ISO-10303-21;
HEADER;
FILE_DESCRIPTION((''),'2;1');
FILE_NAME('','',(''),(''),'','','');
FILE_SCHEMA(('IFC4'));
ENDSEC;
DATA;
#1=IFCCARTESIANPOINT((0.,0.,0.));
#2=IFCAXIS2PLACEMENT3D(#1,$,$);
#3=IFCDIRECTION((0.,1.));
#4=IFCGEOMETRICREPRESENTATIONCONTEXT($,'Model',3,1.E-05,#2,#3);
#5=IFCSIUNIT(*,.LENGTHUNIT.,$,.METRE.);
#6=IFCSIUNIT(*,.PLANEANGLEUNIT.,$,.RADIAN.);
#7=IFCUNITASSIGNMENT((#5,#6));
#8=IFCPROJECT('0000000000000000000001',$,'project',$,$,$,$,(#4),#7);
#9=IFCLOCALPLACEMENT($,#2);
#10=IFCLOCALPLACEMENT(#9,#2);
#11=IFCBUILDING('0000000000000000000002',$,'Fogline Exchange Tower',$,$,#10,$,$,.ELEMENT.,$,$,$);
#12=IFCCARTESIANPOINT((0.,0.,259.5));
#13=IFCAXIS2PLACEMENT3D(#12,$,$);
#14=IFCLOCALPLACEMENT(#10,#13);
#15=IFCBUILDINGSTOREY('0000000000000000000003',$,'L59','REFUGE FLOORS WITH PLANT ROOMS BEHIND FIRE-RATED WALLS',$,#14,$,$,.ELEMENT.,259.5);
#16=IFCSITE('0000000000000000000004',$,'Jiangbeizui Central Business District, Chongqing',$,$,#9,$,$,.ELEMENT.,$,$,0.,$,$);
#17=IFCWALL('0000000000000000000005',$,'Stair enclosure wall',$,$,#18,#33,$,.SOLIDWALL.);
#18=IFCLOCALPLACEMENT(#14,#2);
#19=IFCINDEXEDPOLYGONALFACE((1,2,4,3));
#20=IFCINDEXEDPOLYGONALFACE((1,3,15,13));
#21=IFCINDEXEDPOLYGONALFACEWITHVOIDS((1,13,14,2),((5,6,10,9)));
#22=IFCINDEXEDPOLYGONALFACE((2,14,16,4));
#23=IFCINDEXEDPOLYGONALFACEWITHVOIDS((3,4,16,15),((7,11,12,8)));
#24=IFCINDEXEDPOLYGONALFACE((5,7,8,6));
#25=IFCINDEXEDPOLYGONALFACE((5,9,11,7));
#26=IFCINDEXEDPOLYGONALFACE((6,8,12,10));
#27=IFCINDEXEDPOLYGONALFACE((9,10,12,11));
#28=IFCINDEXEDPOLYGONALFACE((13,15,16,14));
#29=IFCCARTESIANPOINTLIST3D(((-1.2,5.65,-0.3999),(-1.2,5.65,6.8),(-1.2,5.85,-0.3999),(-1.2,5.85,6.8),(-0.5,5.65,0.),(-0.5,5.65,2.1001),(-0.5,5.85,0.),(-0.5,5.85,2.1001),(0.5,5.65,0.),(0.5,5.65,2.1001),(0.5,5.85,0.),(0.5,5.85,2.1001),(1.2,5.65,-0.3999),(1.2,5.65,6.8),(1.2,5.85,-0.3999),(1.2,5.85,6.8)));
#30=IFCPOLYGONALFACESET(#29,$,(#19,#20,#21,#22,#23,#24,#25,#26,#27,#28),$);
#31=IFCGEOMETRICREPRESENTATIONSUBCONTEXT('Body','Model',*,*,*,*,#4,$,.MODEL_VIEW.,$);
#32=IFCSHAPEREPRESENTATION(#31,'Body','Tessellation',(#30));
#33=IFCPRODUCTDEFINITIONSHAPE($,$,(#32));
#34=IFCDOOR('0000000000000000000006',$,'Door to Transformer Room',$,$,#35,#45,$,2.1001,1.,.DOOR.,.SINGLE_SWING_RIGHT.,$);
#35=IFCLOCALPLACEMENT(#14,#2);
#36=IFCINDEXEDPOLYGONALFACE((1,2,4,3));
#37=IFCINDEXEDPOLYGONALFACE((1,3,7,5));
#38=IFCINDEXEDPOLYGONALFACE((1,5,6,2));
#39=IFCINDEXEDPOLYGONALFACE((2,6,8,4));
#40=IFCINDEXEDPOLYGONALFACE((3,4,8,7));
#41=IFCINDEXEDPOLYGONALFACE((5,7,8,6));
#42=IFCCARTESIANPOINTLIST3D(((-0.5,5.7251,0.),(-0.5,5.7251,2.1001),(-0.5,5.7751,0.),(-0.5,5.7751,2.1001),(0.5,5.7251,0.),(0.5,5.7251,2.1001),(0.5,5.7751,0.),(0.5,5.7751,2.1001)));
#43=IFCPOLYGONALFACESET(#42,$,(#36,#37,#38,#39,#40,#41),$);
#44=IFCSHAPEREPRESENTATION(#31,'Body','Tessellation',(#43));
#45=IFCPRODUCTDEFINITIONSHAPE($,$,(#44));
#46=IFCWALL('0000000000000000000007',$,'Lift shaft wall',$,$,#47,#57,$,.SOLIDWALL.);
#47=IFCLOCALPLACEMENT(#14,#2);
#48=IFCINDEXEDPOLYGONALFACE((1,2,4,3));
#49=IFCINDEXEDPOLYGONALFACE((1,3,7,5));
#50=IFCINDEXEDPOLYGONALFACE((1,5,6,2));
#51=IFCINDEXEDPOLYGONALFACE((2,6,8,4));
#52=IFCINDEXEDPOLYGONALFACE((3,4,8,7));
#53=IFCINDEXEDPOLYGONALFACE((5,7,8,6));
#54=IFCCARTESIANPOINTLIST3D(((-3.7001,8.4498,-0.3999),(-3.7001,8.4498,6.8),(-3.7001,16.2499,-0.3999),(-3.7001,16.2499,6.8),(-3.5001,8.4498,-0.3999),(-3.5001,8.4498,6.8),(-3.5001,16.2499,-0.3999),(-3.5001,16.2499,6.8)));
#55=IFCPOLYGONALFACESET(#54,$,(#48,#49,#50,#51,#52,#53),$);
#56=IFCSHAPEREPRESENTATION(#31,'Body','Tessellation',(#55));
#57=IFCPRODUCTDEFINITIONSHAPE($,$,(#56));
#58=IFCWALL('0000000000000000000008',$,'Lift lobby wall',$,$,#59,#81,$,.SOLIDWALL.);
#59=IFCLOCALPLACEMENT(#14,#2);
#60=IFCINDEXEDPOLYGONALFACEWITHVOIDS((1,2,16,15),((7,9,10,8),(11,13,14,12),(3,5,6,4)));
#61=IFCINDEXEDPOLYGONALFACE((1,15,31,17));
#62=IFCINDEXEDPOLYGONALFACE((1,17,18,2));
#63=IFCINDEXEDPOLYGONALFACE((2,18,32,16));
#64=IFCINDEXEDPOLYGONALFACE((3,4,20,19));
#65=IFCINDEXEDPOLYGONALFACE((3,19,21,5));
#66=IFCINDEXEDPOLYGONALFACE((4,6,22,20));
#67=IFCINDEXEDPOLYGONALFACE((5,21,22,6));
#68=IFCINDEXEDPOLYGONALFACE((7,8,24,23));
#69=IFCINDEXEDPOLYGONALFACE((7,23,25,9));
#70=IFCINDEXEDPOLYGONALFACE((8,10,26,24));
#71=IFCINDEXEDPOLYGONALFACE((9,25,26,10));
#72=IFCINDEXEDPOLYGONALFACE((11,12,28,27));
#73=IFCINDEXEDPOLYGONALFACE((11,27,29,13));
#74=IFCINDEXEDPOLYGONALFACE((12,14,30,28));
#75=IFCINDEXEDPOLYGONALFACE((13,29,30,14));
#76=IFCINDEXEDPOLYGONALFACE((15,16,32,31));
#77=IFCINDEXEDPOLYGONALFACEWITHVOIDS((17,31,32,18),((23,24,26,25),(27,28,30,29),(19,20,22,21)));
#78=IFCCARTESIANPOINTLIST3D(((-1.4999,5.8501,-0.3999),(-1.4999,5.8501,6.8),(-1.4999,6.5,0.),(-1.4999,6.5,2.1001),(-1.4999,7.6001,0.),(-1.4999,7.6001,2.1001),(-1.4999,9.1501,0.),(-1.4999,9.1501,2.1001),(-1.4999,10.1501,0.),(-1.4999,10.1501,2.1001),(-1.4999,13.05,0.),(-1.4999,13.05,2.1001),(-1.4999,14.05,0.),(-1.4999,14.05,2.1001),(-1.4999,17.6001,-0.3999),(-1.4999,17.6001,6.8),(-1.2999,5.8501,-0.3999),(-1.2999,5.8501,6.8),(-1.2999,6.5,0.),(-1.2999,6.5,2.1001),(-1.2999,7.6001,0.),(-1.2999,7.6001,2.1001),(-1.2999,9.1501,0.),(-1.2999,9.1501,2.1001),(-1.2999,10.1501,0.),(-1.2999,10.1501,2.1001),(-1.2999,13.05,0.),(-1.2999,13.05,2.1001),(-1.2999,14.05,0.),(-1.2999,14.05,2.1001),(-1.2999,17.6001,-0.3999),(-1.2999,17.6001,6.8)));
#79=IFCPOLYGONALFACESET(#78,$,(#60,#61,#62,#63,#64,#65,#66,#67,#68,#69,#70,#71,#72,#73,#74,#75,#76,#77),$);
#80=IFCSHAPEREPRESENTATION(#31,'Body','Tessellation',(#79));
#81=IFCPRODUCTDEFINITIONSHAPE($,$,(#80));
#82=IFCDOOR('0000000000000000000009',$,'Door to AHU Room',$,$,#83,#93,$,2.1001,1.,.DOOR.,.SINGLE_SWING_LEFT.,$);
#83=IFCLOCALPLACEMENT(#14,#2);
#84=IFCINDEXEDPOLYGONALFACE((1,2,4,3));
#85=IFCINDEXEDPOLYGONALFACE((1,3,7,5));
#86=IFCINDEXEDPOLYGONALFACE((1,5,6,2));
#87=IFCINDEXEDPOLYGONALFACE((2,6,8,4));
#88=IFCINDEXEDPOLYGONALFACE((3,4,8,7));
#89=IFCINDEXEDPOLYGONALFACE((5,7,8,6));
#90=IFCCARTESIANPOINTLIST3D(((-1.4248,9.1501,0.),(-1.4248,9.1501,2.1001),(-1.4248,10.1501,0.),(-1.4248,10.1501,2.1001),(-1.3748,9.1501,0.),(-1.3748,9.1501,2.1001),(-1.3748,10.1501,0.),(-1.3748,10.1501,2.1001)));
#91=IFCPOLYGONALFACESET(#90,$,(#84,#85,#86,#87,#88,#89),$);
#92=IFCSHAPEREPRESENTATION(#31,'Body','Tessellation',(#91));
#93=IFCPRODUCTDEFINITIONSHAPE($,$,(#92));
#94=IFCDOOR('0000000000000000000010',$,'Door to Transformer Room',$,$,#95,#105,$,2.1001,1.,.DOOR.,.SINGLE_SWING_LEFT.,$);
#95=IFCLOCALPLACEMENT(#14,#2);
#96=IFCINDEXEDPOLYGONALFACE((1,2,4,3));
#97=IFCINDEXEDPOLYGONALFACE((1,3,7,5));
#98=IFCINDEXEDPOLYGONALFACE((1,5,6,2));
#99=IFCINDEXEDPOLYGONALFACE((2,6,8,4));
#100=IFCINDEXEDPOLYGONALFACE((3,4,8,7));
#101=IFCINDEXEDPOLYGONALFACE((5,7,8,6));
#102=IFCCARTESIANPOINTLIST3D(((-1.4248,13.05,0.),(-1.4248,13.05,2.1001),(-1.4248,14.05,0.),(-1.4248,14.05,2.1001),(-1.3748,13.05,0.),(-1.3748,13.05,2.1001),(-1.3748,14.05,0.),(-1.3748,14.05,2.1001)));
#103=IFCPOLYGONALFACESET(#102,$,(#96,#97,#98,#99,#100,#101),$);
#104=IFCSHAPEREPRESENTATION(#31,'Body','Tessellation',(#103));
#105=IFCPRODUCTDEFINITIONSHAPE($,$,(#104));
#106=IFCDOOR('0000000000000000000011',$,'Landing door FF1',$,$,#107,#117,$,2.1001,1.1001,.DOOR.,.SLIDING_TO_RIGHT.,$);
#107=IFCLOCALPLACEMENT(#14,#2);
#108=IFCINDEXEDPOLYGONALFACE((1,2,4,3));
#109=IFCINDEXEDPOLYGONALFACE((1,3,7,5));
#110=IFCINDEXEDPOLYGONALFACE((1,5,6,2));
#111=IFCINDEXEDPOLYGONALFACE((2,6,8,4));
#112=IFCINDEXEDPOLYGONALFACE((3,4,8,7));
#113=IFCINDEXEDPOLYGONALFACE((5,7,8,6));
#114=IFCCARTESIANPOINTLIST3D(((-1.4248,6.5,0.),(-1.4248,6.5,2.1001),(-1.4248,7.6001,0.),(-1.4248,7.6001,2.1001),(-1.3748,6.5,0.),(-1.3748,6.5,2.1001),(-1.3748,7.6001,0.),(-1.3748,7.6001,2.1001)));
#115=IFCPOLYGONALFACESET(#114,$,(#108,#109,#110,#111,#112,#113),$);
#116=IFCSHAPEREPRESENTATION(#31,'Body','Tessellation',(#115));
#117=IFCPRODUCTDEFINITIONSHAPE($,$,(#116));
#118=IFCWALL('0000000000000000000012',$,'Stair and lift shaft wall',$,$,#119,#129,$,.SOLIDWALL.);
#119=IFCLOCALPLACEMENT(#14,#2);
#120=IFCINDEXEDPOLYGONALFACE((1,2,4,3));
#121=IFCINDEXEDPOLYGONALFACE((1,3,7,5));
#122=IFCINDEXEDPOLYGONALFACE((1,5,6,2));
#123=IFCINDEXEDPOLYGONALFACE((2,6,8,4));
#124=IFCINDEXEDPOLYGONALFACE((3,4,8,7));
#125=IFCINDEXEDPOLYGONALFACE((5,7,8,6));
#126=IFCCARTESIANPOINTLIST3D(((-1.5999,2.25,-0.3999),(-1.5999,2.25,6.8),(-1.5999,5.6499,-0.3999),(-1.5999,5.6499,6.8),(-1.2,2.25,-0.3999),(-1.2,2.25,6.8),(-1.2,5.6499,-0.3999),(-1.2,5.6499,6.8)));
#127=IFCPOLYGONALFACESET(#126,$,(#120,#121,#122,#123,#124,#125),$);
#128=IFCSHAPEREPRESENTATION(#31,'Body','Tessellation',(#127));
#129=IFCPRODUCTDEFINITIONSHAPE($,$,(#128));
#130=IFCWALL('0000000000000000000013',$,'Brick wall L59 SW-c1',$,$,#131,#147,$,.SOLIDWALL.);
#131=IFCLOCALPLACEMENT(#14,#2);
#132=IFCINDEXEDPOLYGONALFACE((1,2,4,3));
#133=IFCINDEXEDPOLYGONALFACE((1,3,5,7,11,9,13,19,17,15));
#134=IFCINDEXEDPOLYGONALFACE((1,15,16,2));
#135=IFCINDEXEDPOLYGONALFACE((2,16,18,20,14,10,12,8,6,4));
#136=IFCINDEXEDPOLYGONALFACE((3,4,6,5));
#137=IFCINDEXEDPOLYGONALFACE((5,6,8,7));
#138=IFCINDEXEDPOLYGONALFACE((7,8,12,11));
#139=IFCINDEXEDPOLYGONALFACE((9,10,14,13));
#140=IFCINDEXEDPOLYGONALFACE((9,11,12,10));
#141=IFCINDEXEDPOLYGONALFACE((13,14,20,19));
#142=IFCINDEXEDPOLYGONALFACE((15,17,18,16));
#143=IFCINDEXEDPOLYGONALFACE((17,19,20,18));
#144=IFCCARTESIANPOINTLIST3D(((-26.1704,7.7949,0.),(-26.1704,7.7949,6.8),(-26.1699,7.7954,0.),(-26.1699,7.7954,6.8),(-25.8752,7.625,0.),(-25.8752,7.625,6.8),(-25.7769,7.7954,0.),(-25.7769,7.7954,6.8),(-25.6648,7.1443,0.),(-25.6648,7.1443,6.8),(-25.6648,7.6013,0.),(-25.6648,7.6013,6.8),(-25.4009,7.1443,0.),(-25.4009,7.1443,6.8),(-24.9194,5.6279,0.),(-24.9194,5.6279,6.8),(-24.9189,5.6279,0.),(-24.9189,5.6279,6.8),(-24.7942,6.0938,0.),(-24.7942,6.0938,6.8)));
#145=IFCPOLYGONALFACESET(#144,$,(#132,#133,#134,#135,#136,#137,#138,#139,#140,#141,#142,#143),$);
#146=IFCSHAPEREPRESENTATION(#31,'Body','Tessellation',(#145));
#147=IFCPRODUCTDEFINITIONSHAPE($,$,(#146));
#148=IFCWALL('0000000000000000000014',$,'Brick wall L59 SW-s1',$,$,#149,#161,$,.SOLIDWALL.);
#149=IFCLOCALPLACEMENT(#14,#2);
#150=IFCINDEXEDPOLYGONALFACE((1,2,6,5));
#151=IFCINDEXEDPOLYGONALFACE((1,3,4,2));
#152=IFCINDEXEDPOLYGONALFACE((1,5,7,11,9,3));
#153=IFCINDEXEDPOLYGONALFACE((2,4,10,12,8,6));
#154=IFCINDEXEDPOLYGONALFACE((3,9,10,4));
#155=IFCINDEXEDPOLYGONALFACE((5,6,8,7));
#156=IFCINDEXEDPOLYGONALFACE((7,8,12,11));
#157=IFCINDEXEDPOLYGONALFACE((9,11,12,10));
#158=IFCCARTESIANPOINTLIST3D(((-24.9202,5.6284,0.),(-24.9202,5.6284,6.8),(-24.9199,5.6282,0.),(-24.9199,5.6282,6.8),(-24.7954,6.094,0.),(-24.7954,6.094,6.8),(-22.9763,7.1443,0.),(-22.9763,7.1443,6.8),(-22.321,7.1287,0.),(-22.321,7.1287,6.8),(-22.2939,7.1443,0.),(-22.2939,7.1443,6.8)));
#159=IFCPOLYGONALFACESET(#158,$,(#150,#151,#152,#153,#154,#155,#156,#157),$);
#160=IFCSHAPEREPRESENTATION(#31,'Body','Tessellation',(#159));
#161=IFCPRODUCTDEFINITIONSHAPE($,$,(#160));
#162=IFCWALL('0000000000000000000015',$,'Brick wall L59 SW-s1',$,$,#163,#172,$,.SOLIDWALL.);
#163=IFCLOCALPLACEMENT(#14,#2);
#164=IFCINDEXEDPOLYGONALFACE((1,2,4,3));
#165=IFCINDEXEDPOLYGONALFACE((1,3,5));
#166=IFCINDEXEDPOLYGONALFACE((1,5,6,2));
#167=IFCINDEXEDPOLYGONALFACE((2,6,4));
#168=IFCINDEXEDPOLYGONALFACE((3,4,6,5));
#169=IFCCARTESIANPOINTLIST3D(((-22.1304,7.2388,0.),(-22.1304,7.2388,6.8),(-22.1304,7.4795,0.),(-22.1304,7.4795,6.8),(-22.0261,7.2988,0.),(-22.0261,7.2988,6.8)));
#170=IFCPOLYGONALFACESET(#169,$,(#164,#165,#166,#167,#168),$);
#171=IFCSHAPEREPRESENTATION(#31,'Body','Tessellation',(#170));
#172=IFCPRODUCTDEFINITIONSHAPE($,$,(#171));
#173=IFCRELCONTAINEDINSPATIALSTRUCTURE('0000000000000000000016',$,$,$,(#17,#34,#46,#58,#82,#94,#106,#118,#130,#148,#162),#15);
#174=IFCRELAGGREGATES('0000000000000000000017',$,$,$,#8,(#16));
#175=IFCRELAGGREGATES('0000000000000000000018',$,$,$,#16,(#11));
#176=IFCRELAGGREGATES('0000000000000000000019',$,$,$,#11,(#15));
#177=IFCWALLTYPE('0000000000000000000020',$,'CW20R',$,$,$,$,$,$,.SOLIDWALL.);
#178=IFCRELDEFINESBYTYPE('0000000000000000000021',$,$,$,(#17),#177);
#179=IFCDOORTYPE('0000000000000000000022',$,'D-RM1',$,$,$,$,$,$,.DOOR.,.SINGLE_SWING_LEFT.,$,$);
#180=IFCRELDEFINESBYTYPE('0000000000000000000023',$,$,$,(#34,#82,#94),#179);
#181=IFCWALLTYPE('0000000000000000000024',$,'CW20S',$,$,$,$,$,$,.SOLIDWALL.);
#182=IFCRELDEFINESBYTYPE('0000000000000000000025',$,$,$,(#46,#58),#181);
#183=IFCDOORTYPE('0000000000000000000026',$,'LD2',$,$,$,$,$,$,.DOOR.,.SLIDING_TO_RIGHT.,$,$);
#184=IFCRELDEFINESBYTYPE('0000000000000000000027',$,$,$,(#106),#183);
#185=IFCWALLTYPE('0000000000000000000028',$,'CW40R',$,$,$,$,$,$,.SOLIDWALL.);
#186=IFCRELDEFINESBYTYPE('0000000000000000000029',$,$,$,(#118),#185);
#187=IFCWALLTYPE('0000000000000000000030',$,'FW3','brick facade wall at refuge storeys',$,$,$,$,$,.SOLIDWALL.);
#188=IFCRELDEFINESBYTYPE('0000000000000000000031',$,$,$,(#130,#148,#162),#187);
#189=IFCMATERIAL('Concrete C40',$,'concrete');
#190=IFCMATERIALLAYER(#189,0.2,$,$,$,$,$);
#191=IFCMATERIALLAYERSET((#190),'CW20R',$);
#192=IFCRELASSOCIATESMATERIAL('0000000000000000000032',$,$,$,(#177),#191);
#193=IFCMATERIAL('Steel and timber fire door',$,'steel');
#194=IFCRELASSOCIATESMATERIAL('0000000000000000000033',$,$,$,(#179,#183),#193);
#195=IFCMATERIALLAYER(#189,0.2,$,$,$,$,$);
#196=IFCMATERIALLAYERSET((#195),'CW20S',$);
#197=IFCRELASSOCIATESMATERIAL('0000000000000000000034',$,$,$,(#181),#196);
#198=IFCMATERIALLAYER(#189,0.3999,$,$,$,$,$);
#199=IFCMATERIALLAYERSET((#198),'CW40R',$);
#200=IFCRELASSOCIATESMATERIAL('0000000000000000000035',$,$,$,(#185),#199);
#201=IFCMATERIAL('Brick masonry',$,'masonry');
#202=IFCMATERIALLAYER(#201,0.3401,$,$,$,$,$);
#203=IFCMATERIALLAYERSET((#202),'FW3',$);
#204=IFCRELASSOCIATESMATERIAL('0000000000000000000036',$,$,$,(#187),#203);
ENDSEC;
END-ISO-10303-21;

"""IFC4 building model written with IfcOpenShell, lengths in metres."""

from ifc_helpers import new_model, si_unit, direction, frame, frame_2d, origin, place, context, subcontext, project, spatial, polyline, rectangle, outline, extrude, material, layer, layer_set, type_object, element, fill, save


model = new_model("IFC4")

# Units and contexts
model_context = context("Model", 3, precision=1e-05, world=origin(), true_north=direction((0.0, 1.0)))
body_context = subcontext(model_context, "Body", "Model", "MODEL_VIEW")
ifc_project = project(units=[si_unit("LENGTHUNIT", "METRE"), si_unit("PLANEANGLEUNIT", "RADIAN")], contexts=[model_context])

# Site, building, storey
site_placement = place(None, origin())
site = spatial("IfcSite", under=ifc_project, at=site_placement, Name="Jiangbeizui Central Business District, Chongqing", CompositionType="ELEMENT", RefElevation=0.0)
building_placement = place(site_placement, origin())
building = spatial("IfcBuilding", under=site, at=building_placement, Name="Fogline Exchange Tower", CompositionType="ELEMENT")
storey_placement = place(building_placement, frame((0.0, 0.0, 259.5)))
storey = spatial("IfcBuildingStorey", under=building, at=storey_placement, Name="L59", Description="REFUGE FLOORS WITH PLANT ROOMS BEHIND FIRE-RATED WALLS", CompositionType="ELEMENT", Elevation=259.5)

# Shared definitions
ifc_material_1 = material(Name="Concrete C40", Category="concrete")

# Shared definitions
ifc_material_2 = material(Name="Steel and timber fire door", Category="steel")

# Wall, opening, door
ifc_layer_1 = layer(ifc_material_1, 0.2)
ifc_layer_set_1 = layer_set([ifc_layer_1], Name="CW20R")
wall_type_1 = type_object("IfcWallType", Name="CW20R", PredefinedType="SOLIDWALL", material=ifc_layer_set_1)
wall_1_placement = place(storey_placement, frame((-1.2, 5.75, -0.3999), z_axis=(0.0, 0.0, 1.0), x_axis=(1.0, 0.0, 0.0)))
wall_1 = element("IfcWall", 1, at=wall_1_placement, inside=storey, type_object=wall_type_1, Name="Stair enclosure wall", PredefinedType="SOLIDWALL", context=body_context, shape_type="SweptSolid", body=[
    extrude(rectangle(XDim=2.3999, YDim=0.2, at=frame_2d((1.2, 0.0))), origin(), (0.0, 0.0, 1.0), 7.2),
])
opening_1_placement = place(wall_1_placement, frame((0.7, 0.0, 0.3999)))
opening_1 = element("IfcOpeningElement", 2, at=opening_1_placement, cuts=wall_1, PredefinedType="OPENING", context=body_context, shape_type="SweptSolid", body=[
    extrude(rectangle(XDim=1.0, YDim=2.1001, at=frame_2d((0.5, 1.05))), frame((0.0, 0.1099, 0.0), z_axis=(0.0, -1.0, 0.0), x_axis=(1.0, 0.0, 0.0)), (0.0, 0.0, 1.0), 0.22),
])
door_type_1 = type_object("IfcDoorType", Name="D-RM1", OperationType="SINGLE_SWING_LEFT", PredefinedType="DOOR", material=ifc_material_2)
door_1_placement = place(opening_1_placement, frame((1.0, 0.0, 0.0), z_axis=(0.0, 0.0, 1.0), x_axis=(-1.0, 0.0, 0.0)))
door_1 = element("IfcDoor", 3, at=door_1_placement, inside=storey, type_object=door_type_1, Name="Door to Transformer Room", OperationType="SINGLE_SWING_RIGHT", OverallHeight=2.1001, OverallWidth=1.0, PredefinedType="DOOR", context=body_context, shape_type="SweptSolid", body=[
    extrude(rectangle(XDim=1.0, YDim=2.1001, at=frame_2d((0.5, 1.05))), frame((0.0, 0.0249, 0.0), z_axis=(0.0, -1.0, 0.0), x_axis=(1.0, 0.0, 0.0)), (0.0, 0.0, 1.0), 0.05),
])
fill(opening_1, door_1)

# Wall
ifc_layer_2 = layer(ifc_material_1, 0.2)
ifc_layer_set_2 = layer_set([ifc_layer_2], Name="CW20S")
wall_type_2 = type_object("IfcWallType", Name="CW20S", PredefinedType="SOLIDWALL", material=ifc_layer_set_2)
wall_2_placement = place(storey_placement, frame((-3.6001, 8.45, -0.3999), z_axis=(0.0, 0.0, 1.0), x_axis=(0.0, 1.0, 0.0)))
element("IfcWall", 4, at=wall_2_placement, inside=storey, type_object=wall_type_2, Name="Lift shaft wall", PredefinedType="SOLIDWALL", context=body_context, shape_type="SweptSolid", body=[
    extrude(rectangle(XDim=7.8, YDim=0.2, at=frame_2d((3.8999, 0.0))), origin(), (0.0, 0.0, 1.0), 7.2),
])

# Wall, openings, doors
wall_3_placement = place(storey_placement, frame((-1.3999, 5.8501, -0.3999), z_axis=(0.0, 0.0, 1.0), x_axis=(0.0, 1.0, 0.0)))
wall_3 = element("IfcWall", 5, at=wall_3_placement, inside=storey, type_object=wall_type_2, Name="Lift lobby wall", PredefinedType="SOLIDWALL", context=body_context, shape_type="SweptSolid", body=[
    extrude(rectangle(XDim=11.75, YDim=0.2, at=frame_2d((5.875, 0.0))), origin(), (0.0, 0.0, 1.0), 7.2),
])
opening_2_placement = place(wall_3_placement, frame((0.6499, 0.0, 0.3999)))
opening_2 = element("IfcOpeningElement", 6, at=opening_2_placement, cuts=wall_3, PredefinedType="OPENING", context=body_context, shape_type="SweptSolid", body=[
    extrude(rectangle(XDim=1.1001, YDim=2.1001, at=frame_2d((0.55, 1.05))), frame((0.0, 0.1099, 0.0), z_axis=(0.0, -1.0, 0.0), x_axis=(1.0, 0.0, 0.0)), (0.0, 0.0, 1.0), 0.22),
])
opening_3_placement = place(wall_3_placement, frame((3.3, 0.0, 0.3999)))
opening_3 = element("IfcOpeningElement", 7, at=opening_3_placement, cuts=wall_3, PredefinedType="OPENING", context=body_context, shape_type="SweptSolid", body=[
    extrude(rectangle(XDim=1.0, YDim=2.1001, at=frame_2d((0.5, 1.05))), frame((0.0, 0.1099, 0.0), z_axis=(0.0, -1.0, 0.0), x_axis=(1.0, 0.0, 0.0)), (0.0, 0.0, 1.0), 0.22),
])
opening_4_placement = place(wall_3_placement, frame((7.2, 0.0, 0.3999)))
opening_4 = element("IfcOpeningElement", 8, at=opening_4_placement, cuts=wall_3, PredefinedType="OPENING", context=body_context, shape_type="SweptSolid", body=[
    extrude(rectangle(XDim=1.0, YDim=2.1001, at=frame_2d((0.5, 1.05))), frame((0.0, 0.1099, 0.0), z_axis=(0.0, -1.0, 0.0), x_axis=(1.0, 0.0, 0.0)), (0.0, 0.0, 1.0), 0.22),
])
door_2_placement = place(opening_3_placement, origin())
door_2 = element("IfcDoor", 9, at=door_2_placement, inside=storey, type_object=door_type_1, Name="Door to AHU Room", OperationType="SINGLE_SWING_LEFT", OverallHeight=2.1001, OverallWidth=1.0, PredefinedType="DOOR", context=body_context, shape_type="SweptSolid", body=[
    extrude(rectangle(XDim=1.0, YDim=2.1001, at=frame_2d((0.5, 1.05))), frame((0.0, 0.0249, 0.0), z_axis=(0.0, -1.0, 0.0), x_axis=(1.0, 0.0, 0.0)), (0.0, 0.0, 1.0), 0.05),
])
fill(opening_3, door_2)
door_3_placement = place(opening_4_placement, origin())
door_3 = element("IfcDoor", 10, at=door_3_placement, inside=storey, type_object=door_type_1, Name="Door to Transformer Room", OperationType="SINGLE_SWING_LEFT", OverallHeight=2.1001, OverallWidth=1.0, PredefinedType="DOOR", context=body_context, shape_type="SweptSolid", body=[
    extrude(rectangle(XDim=1.0, YDim=2.1001, at=frame_2d((0.5, 1.05))), frame((0.0, 0.0249, 0.0), z_axis=(0.0, -1.0, 0.0), x_axis=(1.0, 0.0, 0.0)), (0.0, 0.0, 1.0), 0.05),
])
fill(opening_4, door_3)
door_type_2 = type_object("IfcDoorType", Name="LD2", OperationType="SLIDING_TO_RIGHT", PredefinedType="DOOR", material=ifc_material_2)
door_4_placement = place(opening_2_placement, origin())
door_4 = element("IfcDoor", 11, at=door_4_placement, inside=storey, type_object=door_type_2, Name="Landing door FF1", OperationType="SLIDING_TO_RIGHT", OverallHeight=2.1001, OverallWidth=1.1001, PredefinedType="DOOR", context=body_context, shape_type="SweptSolid", body=[
    extrude(rectangle(XDim=1.1001, YDim=2.1001, at=frame_2d((0.55, 1.05))), frame((0.0, 0.0249, 0.0), z_axis=(0.0, -1.0, 0.0), x_axis=(1.0, 0.0, 0.0)), (0.0, 0.0, 1.0), 0.05),
])
fill(opening_2, door_4)

# Walls
ifc_layer_3 = layer(ifc_material_1, 0.3999)
ifc_layer_set_3 = layer_set([ifc_layer_3], Name="CW40R")
wall_type_3 = type_object("IfcWallType", Name="CW40R", PredefinedType="SOLIDWALL", material=ifc_layer_set_3)
wall_4_placement = place(storey_placement, frame((-1.3999, 2.25, -0.3999), z_axis=(0.0, 0.0, 1.0), x_axis=(0.0, 1.0, 0.0)))
element("IfcWall", 12, at=wall_4_placement, inside=storey, type_object=wall_type_3, Name="Stair and lift shaft wall", PredefinedType="SOLIDWALL", context=body_context, shape_type="SweptSolid", body=[
    extrude(rectangle(XDim=3.3999, YDim=0.3999, at=frame_2d((1.7, 0.0))), origin(), (0.0, 0.0, 1.0), 7.2),
])
ifc_material_3 = material(Name="Brick masonry", Category="masonry")
ifc_layer_4 = layer(ifc_material_3, 0.3401)
ifc_layer_set_4 = layer_set([ifc_layer_4], Name="FW3")
wall_type_4 = type_object("IfcWallType", Name="FW3", Description="brick facade wall at refuge storeys", PredefinedType="SOLIDWALL", material=ifc_layer_set_4)
wall_5_placement = place(storey_placement, origin())
element("IfcWall", 13, at=wall_5_placement, inside=storey, type_object=wall_type_4, Name="Brick wall L59 SW-c1", PredefinedType="SOLIDWALL", context=body_context, shape_type="SweptSolid", body=[
    extrude(outline(polyline([(-24.9194, 5.6279), (-26.1704, 7.7949), (-26.1699, 7.7954), (-25.8752, 7.625), (-25.7769, 7.7954), (-25.6648, 7.6013), (-25.6648, 7.1443), (-25.4009, 7.1443), (-24.7942, 6.0938), (-24.9189, 5.6279), (-24.9194, 5.6279)])), origin(), (0.0, 0.0, 1.0), 6.8),
])
wall_6_placement = place(storey_placement, origin())
element("IfcWall", 14, at=wall_6_placement, inside=storey, type_object=wall_type_4, Name="Brick wall L59 SW-s1", PredefinedType="SOLIDWALL", context=body_context, shape_type="SweptSolid", body=[
    extrude(outline(polyline([(-22.9763, 7.1443), (-22.2939, 7.1443), (-22.321, 7.1287), (-24.9199, 5.6282), (-24.9202, 5.6284), (-24.7954, 6.094), (-22.9763, 7.1443)])), origin(), (0.0, 0.0, 1.0), 6.8),
])
wall_7_placement = place(storey_placement, origin())
element("IfcWall", 15, at=wall_7_placement, inside=storey, type_object=wall_type_4, Name="Brick wall L59 SW-s1", PredefinedType="SOLIDWALL", context=body_context, shape_type="SweptSolid", body=[
    extrude(outline(polyline([(-22.0261, 7.2988), (-22.1304, 7.2388), (-22.1304, 7.4795), (-22.0261, 7.2988)])), origin(), (0.0, 0.0, 1.0), 6.8),
])

save(model, "model.ifc")
